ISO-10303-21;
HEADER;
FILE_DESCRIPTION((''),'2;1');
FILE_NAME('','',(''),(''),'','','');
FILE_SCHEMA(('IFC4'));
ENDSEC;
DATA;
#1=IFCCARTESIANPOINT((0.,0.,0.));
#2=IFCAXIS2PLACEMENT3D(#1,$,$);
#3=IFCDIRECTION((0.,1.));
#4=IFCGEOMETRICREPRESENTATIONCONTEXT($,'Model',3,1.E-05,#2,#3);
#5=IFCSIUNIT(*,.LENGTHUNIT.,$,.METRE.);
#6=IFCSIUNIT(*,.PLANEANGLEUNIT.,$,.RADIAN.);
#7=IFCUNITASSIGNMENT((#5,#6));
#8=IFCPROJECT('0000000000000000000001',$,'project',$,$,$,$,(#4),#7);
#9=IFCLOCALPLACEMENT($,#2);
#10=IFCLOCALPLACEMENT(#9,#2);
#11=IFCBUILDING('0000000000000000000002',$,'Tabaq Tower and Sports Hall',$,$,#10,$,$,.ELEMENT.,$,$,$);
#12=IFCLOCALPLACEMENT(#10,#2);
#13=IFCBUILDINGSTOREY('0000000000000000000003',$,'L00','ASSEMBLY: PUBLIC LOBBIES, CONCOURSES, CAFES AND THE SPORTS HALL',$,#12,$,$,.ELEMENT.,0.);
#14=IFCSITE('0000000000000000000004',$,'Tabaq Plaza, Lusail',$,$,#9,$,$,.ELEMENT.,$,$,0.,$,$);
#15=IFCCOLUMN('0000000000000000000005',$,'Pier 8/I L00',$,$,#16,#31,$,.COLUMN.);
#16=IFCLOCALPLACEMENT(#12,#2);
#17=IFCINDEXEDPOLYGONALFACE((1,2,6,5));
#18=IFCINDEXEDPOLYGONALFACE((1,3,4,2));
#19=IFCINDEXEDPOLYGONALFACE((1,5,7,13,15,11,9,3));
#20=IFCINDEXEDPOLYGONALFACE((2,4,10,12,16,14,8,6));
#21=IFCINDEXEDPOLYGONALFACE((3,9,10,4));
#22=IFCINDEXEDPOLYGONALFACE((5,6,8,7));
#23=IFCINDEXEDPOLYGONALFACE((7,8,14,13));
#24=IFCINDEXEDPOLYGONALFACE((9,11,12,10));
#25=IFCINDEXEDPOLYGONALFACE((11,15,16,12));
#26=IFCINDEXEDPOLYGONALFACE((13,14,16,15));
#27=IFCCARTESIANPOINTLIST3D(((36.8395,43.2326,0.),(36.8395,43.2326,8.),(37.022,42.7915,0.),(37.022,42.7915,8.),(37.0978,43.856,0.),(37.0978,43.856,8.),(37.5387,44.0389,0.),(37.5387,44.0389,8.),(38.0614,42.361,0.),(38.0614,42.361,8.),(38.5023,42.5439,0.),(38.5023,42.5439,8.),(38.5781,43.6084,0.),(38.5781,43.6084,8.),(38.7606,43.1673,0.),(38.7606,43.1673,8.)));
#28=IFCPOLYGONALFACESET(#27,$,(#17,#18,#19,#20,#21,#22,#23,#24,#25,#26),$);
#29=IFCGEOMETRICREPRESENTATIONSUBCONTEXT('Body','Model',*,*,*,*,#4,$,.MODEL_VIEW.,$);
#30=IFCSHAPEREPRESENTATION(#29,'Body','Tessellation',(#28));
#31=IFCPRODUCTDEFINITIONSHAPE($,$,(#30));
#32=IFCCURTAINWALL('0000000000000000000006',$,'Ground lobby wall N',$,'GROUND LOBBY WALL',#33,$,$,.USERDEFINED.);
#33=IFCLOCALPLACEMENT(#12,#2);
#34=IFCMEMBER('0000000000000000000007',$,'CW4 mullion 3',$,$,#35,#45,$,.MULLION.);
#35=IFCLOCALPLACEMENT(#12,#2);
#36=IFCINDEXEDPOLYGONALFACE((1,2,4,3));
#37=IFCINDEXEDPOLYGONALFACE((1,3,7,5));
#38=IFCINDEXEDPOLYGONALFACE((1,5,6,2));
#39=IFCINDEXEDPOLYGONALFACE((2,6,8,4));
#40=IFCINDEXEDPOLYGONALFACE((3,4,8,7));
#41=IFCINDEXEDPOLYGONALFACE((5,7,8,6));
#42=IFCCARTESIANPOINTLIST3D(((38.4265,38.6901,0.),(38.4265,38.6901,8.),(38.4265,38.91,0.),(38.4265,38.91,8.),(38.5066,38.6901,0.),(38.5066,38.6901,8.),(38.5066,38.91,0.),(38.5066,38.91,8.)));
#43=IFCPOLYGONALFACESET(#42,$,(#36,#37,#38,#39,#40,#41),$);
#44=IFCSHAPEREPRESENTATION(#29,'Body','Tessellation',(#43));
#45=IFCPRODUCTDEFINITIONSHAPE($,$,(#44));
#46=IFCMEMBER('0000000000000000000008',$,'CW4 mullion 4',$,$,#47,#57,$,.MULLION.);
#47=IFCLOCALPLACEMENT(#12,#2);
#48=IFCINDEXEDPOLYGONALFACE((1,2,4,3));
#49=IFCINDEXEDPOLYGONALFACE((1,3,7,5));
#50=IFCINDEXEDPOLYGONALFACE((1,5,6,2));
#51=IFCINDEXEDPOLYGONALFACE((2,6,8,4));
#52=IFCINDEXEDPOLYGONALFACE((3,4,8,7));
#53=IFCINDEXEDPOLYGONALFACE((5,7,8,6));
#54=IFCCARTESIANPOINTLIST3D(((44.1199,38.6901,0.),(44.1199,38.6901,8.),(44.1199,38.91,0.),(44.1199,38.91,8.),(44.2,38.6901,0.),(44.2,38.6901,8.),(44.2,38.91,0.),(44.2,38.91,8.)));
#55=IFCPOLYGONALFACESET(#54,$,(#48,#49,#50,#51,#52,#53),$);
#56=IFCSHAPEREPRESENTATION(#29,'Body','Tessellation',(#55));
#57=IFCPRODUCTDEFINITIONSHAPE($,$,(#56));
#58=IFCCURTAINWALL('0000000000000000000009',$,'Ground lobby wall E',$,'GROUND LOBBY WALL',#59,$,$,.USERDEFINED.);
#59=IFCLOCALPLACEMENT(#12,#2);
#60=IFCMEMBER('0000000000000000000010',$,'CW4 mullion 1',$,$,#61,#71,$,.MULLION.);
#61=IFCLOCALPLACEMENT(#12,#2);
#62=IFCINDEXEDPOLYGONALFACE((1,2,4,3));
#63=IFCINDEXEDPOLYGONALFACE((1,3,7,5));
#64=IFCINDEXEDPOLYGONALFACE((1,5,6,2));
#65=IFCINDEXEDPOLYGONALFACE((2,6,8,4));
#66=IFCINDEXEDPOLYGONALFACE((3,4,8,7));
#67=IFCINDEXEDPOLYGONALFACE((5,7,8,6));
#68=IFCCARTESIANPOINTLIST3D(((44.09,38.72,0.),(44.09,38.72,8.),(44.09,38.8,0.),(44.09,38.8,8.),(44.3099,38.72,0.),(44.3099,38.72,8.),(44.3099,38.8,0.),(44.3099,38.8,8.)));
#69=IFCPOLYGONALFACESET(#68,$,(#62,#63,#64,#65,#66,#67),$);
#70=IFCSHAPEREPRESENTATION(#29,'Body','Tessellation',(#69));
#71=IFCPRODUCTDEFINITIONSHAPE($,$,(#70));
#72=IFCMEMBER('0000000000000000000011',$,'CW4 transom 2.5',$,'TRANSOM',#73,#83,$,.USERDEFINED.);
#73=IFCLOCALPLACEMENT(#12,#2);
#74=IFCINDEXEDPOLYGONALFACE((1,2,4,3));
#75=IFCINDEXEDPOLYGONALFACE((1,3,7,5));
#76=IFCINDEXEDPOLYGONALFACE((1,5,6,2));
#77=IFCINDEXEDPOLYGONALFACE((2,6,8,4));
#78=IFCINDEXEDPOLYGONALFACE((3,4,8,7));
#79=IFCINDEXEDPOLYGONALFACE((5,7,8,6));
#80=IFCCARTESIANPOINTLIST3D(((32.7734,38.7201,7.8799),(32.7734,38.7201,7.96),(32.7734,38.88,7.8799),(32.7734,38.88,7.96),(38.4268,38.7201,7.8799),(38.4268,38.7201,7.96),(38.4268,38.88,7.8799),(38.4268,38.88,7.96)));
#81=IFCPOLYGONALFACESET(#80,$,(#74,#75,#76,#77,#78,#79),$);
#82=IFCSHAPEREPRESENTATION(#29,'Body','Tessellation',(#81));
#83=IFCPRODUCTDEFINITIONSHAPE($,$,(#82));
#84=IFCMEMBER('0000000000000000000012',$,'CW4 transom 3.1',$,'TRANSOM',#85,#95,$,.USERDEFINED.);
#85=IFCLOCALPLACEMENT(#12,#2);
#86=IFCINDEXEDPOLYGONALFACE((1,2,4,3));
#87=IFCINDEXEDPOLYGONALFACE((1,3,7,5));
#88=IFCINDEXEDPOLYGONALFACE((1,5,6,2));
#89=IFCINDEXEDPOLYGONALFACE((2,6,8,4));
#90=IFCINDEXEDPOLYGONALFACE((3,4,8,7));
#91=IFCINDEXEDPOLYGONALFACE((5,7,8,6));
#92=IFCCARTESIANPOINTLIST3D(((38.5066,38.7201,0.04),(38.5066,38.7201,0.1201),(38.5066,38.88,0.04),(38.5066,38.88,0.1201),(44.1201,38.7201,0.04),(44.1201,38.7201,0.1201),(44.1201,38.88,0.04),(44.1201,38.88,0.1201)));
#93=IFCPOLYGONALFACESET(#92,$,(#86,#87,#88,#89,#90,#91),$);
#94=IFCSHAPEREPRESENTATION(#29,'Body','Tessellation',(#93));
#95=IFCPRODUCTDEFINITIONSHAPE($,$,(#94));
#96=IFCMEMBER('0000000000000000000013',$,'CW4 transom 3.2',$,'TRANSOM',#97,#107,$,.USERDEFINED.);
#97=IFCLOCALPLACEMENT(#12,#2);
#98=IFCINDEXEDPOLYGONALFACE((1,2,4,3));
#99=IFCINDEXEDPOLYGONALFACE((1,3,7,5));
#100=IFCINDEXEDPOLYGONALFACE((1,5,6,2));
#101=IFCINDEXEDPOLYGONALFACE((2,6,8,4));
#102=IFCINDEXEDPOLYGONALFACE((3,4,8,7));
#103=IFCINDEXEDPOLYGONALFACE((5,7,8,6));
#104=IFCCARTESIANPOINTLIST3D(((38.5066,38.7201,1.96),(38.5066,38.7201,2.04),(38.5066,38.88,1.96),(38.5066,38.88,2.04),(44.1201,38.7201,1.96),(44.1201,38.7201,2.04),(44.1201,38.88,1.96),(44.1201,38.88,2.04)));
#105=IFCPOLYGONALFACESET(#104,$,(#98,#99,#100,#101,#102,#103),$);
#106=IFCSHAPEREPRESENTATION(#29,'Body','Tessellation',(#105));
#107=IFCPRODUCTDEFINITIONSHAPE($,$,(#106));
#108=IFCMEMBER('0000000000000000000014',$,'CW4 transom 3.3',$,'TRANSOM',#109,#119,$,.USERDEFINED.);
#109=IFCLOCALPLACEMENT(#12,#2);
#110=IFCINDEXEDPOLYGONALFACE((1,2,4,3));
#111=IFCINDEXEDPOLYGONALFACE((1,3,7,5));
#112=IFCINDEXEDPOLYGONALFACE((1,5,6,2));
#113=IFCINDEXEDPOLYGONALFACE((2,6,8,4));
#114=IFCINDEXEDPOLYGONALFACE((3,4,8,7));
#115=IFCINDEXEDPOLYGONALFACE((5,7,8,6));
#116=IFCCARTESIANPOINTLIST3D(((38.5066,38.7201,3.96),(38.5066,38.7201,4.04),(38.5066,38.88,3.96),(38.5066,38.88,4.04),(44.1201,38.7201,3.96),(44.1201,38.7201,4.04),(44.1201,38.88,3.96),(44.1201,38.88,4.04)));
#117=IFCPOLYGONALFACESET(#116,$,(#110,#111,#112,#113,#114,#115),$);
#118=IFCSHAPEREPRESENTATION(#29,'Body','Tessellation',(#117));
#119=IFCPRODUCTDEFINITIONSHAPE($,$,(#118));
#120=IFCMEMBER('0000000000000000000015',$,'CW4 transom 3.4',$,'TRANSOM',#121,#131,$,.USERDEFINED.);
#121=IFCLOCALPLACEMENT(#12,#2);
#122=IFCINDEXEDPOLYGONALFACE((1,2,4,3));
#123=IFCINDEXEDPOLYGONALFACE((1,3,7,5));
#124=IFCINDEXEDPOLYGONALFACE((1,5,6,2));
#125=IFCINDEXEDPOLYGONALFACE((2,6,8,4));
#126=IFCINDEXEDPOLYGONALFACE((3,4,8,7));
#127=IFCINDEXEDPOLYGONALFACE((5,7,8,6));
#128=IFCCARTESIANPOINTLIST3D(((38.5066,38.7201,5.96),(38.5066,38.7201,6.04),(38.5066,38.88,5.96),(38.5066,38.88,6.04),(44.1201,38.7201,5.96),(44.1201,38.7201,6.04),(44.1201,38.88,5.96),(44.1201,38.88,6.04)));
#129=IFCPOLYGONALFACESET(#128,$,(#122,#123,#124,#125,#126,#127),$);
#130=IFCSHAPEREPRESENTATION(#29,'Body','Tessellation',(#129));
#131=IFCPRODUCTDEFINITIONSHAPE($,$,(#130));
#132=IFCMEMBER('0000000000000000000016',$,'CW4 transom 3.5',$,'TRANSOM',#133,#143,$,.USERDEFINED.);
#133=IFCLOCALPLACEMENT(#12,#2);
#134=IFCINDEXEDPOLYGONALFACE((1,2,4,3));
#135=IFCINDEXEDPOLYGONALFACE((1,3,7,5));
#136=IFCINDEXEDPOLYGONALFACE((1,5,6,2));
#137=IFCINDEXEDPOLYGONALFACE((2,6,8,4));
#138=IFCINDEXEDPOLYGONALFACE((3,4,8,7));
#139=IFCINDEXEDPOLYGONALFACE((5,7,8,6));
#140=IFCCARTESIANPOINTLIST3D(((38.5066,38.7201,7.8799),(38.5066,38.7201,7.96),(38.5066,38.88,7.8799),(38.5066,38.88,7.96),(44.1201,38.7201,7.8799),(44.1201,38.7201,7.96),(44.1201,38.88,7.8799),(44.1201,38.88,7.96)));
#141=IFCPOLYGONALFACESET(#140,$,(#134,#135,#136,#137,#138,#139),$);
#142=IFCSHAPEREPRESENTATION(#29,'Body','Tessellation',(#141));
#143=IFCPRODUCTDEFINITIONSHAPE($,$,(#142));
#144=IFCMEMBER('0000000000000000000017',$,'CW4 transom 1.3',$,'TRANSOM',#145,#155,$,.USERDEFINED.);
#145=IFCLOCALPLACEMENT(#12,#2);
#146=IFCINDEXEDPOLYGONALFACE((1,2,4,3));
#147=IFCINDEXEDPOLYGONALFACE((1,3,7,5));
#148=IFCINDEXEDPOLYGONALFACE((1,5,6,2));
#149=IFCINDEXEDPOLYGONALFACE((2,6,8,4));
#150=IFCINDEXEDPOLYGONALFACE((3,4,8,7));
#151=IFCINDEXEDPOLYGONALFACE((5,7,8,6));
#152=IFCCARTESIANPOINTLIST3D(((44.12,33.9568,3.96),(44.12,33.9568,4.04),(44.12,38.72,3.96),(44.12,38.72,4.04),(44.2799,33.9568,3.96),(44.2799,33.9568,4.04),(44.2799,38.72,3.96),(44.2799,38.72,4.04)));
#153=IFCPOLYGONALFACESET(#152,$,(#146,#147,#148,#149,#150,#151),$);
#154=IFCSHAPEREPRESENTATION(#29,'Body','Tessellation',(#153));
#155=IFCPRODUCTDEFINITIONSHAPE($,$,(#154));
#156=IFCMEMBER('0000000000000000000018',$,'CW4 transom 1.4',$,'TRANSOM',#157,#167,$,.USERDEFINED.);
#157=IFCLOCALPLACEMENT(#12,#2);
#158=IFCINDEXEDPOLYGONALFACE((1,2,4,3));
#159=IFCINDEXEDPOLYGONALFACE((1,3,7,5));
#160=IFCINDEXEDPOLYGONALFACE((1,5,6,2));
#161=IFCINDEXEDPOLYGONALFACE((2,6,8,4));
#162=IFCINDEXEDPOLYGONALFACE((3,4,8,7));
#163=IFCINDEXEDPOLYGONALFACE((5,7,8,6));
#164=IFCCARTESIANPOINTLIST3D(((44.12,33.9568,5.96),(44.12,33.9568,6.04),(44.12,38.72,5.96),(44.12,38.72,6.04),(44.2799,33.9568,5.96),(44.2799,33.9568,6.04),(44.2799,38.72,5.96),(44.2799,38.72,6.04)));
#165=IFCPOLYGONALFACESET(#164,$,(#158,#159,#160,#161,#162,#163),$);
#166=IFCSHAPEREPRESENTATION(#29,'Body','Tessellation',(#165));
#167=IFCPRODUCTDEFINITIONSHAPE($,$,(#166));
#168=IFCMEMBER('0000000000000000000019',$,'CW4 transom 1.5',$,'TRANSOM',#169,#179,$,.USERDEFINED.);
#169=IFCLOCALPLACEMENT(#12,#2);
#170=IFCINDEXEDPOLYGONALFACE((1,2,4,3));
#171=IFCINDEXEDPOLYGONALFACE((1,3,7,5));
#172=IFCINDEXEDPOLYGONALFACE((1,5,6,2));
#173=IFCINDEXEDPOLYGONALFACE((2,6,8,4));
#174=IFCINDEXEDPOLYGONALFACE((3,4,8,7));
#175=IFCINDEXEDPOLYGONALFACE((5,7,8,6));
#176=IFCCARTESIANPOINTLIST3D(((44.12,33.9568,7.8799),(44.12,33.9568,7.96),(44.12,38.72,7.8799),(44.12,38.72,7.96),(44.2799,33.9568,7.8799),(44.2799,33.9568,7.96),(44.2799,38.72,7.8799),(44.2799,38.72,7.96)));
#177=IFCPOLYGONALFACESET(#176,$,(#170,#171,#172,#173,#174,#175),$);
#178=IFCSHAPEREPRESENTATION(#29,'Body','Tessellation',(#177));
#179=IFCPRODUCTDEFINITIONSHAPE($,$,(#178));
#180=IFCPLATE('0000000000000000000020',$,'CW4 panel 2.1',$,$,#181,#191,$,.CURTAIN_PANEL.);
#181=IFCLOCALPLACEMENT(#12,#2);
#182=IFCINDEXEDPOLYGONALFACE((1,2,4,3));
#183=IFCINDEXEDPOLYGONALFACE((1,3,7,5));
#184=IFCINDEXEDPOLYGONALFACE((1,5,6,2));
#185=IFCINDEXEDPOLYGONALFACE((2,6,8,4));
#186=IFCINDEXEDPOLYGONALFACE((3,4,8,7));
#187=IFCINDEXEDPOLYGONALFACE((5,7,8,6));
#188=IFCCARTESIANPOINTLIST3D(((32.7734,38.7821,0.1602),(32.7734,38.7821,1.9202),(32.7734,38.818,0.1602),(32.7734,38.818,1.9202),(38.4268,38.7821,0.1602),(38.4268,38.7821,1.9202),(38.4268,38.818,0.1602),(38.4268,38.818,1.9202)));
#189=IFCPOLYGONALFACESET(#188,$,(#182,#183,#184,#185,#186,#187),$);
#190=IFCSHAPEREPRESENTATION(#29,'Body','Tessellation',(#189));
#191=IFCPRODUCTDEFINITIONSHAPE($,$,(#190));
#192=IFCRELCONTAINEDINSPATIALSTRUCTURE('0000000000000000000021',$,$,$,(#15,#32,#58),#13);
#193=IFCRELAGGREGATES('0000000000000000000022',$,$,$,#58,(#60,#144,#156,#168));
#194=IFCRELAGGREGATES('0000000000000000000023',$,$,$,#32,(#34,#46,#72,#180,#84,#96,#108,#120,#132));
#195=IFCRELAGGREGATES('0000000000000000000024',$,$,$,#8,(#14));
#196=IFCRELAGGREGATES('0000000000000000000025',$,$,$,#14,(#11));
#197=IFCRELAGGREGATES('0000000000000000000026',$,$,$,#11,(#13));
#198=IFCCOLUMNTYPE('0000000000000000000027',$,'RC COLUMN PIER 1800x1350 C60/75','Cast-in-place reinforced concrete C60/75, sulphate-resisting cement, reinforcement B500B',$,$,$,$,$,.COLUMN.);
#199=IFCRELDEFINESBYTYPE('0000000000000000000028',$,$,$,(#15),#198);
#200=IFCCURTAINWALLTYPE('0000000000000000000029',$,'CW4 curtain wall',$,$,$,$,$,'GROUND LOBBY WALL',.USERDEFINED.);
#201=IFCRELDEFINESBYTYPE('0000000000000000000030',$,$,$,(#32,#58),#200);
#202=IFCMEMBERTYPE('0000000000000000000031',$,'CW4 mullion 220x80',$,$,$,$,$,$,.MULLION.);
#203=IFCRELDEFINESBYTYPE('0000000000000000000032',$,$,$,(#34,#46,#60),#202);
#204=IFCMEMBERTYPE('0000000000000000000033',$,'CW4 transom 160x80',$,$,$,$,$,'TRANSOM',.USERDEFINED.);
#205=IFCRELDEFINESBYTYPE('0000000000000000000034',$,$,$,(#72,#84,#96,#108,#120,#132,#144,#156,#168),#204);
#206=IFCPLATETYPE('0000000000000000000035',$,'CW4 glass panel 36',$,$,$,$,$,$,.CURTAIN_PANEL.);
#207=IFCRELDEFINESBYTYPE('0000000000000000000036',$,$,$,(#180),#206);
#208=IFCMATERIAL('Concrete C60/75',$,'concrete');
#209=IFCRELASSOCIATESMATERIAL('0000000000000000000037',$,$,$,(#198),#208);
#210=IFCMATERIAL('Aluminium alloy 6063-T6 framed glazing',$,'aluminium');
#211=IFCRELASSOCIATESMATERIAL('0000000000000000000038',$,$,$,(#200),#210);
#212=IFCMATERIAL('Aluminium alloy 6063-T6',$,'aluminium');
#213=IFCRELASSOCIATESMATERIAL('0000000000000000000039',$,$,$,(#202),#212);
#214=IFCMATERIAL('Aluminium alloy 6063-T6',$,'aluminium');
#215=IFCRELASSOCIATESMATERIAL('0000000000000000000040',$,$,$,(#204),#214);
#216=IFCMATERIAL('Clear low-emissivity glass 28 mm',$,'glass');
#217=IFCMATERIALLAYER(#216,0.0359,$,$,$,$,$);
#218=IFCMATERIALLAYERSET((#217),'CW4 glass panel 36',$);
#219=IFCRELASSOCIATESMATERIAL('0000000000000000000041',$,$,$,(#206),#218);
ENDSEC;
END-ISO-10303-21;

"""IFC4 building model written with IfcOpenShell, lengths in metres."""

from ifc_helpers import new_model, si_unit, direction, frame, origin, origin_2d, place, context, subcontext, project, spatial, polyline, rectangle, outline, extrude, material, layer, layer_set, material_profile, profile_set, type_object, element, aggregate, save


model = new_model("IFC4")

# Units and contexts
model_context = context("Model", 3, precision=1e-05, world=origin(), true_north=direction((0.0, 1.0)))
body_context = subcontext(model_context, "Body", "Model", "MODEL_VIEW")
ifc_project = project(units=[si_unit("LENGTHUNIT", "METRE"), si_unit("PLANEANGLEUNIT", "RADIAN")], contexts=[model_context])

# Site, building, storey
site_placement = place(None, origin())
site = spatial("IfcSite", under=ifc_project, at=site_placement, Name="Tabaq Plaza, Lusail", CompositionType="ELEMENT", RefElevation=0.0)
building_placement = place(site_placement, origin())
building = spatial("IfcBuilding", under=site, at=building_placement, Name="Tabaq Tower and Sports Hall", CompositionType="ELEMENT")
storey_placement = place(building_placement, origin())
storey = spatial("IfcBuildingStorey", under=building, at=storey_placement, Name="L00", Description="ASSEMBLY: PUBLIC LOBBIES, CONCOURSES, CAFES AND THE SPORTS HALL", CompositionType="ELEMENT", Elevation=0.0)

# Column
ifc_material_1 = material(Name="Concrete C60/75", Category="concrete")
ifc_material_profile_1 = material_profile(ifc_material_1, outline(polyline([(-0.5625, -0.675), (0.5625, -0.675), (0.8999, -0.3374), (0.8999, 0.3374), (0.5625, 0.675), (-0.5625, 0.675), (-0.8999, 0.3374), (-0.8999, -0.3374), (-0.5625, -0.675)])), Name="PIER 1800x1350")
ifc_profile_set_1 = profile_set([ifc_material_profile_1], Name="Concrete C60/75")
column_type = type_object("IfcColumnType", Name="RC COLUMN PIER 1800x1350 C60/75", Description="Cast-in-place reinforced concrete C60/75, sulphate-resisting cement, reinforcement B500B", PredefinedType="COLUMN", material=ifc_profile_set_1)
column_placement = place(storey_placement, frame((37.8, 43.2, 0.0), z_axis=(0.0, 0.0, 1.0), x_axis=(-0.92388, 0.382683, 0.0)))
element("IfcColumn", 1, at=column_placement, inside=storey, type_object=column_type, Name="Pier 8/I L00", PredefinedType="COLUMN", context=body_context, shape_type="SweptSolid", body=[
    extrude(outline(polyline([(-0.5625, -0.675), (0.5625, -0.675), (0.8999, -0.3374), (0.8999, 0.3374), (0.5625, 0.675), (-0.5625, 0.675), (-0.8999, 0.3374), (-0.8999, -0.3374), (-0.5625, -0.675)])), origin(), (0.0, 0.0, 1.0), 8.0),
])

# Curtain wall, members
ifc_material_2 = material(Name="Aluminium alloy 6063-T6 framed glazing", Category="aluminium")
curtain_wall_type = type_object("IfcCurtainWallType", Name="CW4 curtain wall", ElementType="GROUND LOBBY WALL", PredefinedType="USERDEFINED", material=ifc_material_2)
curtain_wall_1_placement = place(storey_placement, origin())
curtain_wall_1 = element("IfcCurtainWall", 2, at=curtain_wall_1_placement, inside=storey, type_object=curtain_wall_type, Name="Ground lobby wall N", ObjectType="GROUND LOBBY WALL", PredefinedType="USERDEFINED")
ifc_material_3 = material(Name="Aluminium alloy 6063-T6", Category="aluminium")
ifc_material_profile_2 = material_profile(ifc_material_3, rectangle(XDim=0.22, YDim=0.0801, at=origin_2d()), Name="MULLION 220x80")
ifc_profile_set_2 = profile_set([ifc_material_profile_2], Name="Aluminium alloy 6063-T6")
member_type_1 = type_object("IfcMemberType", Name="CW4 mullion 220x80", PredefinedType="MULLION", material=ifc_profile_set_2)
member_1_placement = place(storey_placement, frame((38.4666, 38.8, 0.0), z_axis=(0.0, 0.0, 1.0), x_axis=(0.0, 1.0, 0.0)))
member_1 = element("IfcMember", 3, at=member_1_placement, type_object=member_type_1, Name="CW4 mullion 3", PredefinedType="MULLION", context=body_context, shape_type="SweptSolid", body=[
    extrude(rectangle(XDim=0.22, YDim=0.0801, at=origin_2d()), origin(), (0.0, 0.0, 1.0), 8.0),
])
member_2_placement = place(storey_placement, frame((44.1599, 38.8, 0.0), z_axis=(0.0, 0.0, 1.0), x_axis=(0.0, 1.0, 0.0)))
member_2 = element("IfcMember", 4, at=member_2_placement, type_object=member_type_1, Name="CW4 mullion 4", PredefinedType="MULLION", context=body_context, shape_type="SweptSolid", body=[
    extrude(rectangle(XDim=0.22, YDim=0.0801, at=origin_2d()), origin(), (0.0, 0.0, 1.0), 8.0),
])

# Curtain wall, member
curtain_wall_2_placement = place(storey_placement, origin())
curtain_wall_2 = element("IfcCurtainWall", 5, at=curtain_wall_2_placement, inside=storey, type_object=curtain_wall_type, Name="Ground lobby wall E", ObjectType="GROUND LOBBY WALL", PredefinedType="USERDEFINED")
member_3_placement = place(storey_placement, frame((44.2, 38.76, 0.0), z_axis=(0.0, 0.0, 1.0), x_axis=(1.0, 0.0, 0.0)))
member_3 = element("IfcMember", 6, at=member_3_placement, type_object=member_type_1, Name="CW4 mullion 1", PredefinedType="MULLION", context=body_context, shape_type="SweptSolid", body=[
    extrude(rectangle(XDim=0.22, YDim=0.0801, at=origin_2d()), origin(), (0.0, 0.0, 1.0), 8.0),
])

# Members
ifc_material_4 = material(Name="Aluminium alloy 6063-T6", Category="aluminium")
ifc_material_profile_3 = material_profile(ifc_material_4, rectangle(XDim=0.1599, YDim=0.0801, at=origin_2d()), Name="TRANSOM 160x80")
ifc_profile_set_3 = profile_set([ifc_material_profile_3], Name="Aluminium alloy 6063-T6")
member_type_2 = type_object("IfcMemberType", Name="CW4 transom 160x80", ElementType="TRANSOM", PredefinedType="USERDEFINED", material=ifc_profile_set_3)
member_4_placement = place(storey_placement, frame((32.7734, 38.8, 7.9199), z_axis=(1.0, 0.0, 0.0), x_axis=(0.0, 1.0, 0.0)))
member_4 = element("IfcMember", 7, at=member_4_placement, type_object=member_type_2, Name="CW4 transom 2.5", ObjectType="TRANSOM", PredefinedType="USERDEFINED", context=body_context, shape_type="SweptSolid", body=[
    extrude(rectangle(XDim=0.1599, YDim=0.0801, at=origin_2d()), origin(), (0.0, 0.0, 1.0), 5.6533),
])
member_5_placement = place(storey_placement, frame((38.5066, 38.8, 0.0801), z_axis=(1.0, 0.0, 0.0), x_axis=(0.0, 1.0, 0.0)))
member_5 = element("IfcMember", 8, at=member_5_placement, type_object=member_type_2, Name="CW4 transom 3.1", ObjectType="TRANSOM", PredefinedType="USERDEFINED", context=body_context, shape_type="SweptSolid", body=[
    extrude(rectangle(XDim=0.1599, YDim=0.0801, at=origin_2d()), origin(), (0.0, 0.0, 1.0), 5.6135),
])
member_6_placement = place(storey_placement, frame((38.5066, 38.8, 2.0), z_axis=(1.0, 0.0, 0.0), x_axis=(0.0, 1.0, 0.0)))
member_6 = element("IfcMember", 9, at=member_6_placement, type_object=member_type_2, Name="CW4 transom 3.2", ObjectType="TRANSOM", PredefinedType="USERDEFINED", context=body_context, shape_type="SweptSolid", body=[
    extrude(rectangle(XDim=0.1599, YDim=0.0801, at=origin_2d()), origin(), (0.0, 0.0, 1.0), 5.6135),
])
member_7_placement = place(storey_placement, frame((38.5066, 38.8, 4.0), z_axis=(1.0, 0.0, 0.0), x_axis=(0.0, 1.0, 0.0)))
member_7 = element("IfcMember", 10, at=member_7_placement, type_object=member_type_2, Name="CW4 transom 3.3", ObjectType="TRANSOM", PredefinedType="USERDEFINED", context=body_context, shape_type="SweptSolid", body=[
    extrude(rectangle(XDim=0.1599, YDim=0.0801, at=origin_2d()), origin(), (0.0, 0.0, 1.0), 5.6135),
])
member_8_placement = place(storey_placement, frame((38.5066, 38.8, 6.0), z_axis=(1.0, 0.0, 0.0), x_axis=(0.0, 1.0, 0.0)))
member_8 = element("IfcMember", 11, at=member_8_placement, type_object=member_type_2, Name="CW4 transom 3.4", ObjectType="TRANSOM", PredefinedType="USERDEFINED", context=body_context, shape_type="SweptSolid", body=[
    extrude(rectangle(XDim=0.1599, YDim=0.0801, at=origin_2d()), origin(), (0.0, 0.0, 1.0), 5.6135),
])
member_9_placement = place(storey_placement, frame((38.5066, 38.8, 7.9199), z_axis=(1.0, 0.0, 0.0), x_axis=(0.0, 1.0, 0.0)))
member_9 = element("IfcMember", 12, at=member_9_placement, type_object=member_type_2, Name="CW4 transom 3.5", ObjectType="TRANSOM", PredefinedType="USERDEFINED", context=body_context, shape_type="SweptSolid", body=[
    extrude(rectangle(XDim=0.1599, YDim=0.0801, at=origin_2d()), origin(), (0.0, 0.0, 1.0), 5.6135),
])
member_10_placement = place(storey_placement, frame((44.2, 38.72, 4.0), z_axis=(0.0, -1.0, 0.0), x_axis=(1.0, 0.0, 0.0)))
member_10 = element("IfcMember", 13, at=member_10_placement, type_object=member_type_2, Name="CW4 transom 1.3", ObjectType="TRANSOM", PredefinedType="USERDEFINED", context=body_context, shape_type="SweptSolid", body=[
    extrude(rectangle(XDim=0.1599, YDim=0.0801, at=origin_2d()), origin(), (0.0, 0.0, 1.0), 4.7632),
])
member_11_placement = place(storey_placement, frame((44.2, 38.72, 6.0), z_axis=(0.0, -1.0, 0.0), x_axis=(1.0, 0.0, 0.0)))
member_11 = element("IfcMember", 14, at=member_11_placement, type_object=member_type_2, Name="CW4 transom 1.4", ObjectType="TRANSOM", PredefinedType="USERDEFINED", context=body_context, shape_type="SweptSolid", body=[
    extrude(rectangle(XDim=0.1599, YDim=0.0801, at=origin_2d()), origin(), (0.0, 0.0, 1.0), 4.7632),
])
member_12_placement = place(storey_placement, frame((44.2, 38.72, 7.9199), z_axis=(0.0, -1.0, 0.0), x_axis=(1.0, 0.0, 0.0)))
member_12 = element("IfcMember", 15, at=member_12_placement, type_object=member_type_2, Name="CW4 transom 1.5", ObjectType="TRANSOM", PredefinedType="USERDEFINED", context=body_context, shape_type="SweptSolid", body=[
    extrude(rectangle(XDim=0.1599, YDim=0.0801, at=origin_2d()), origin(), (0.0, 0.0, 1.0), 4.7632),
])
aggregate(curtain_wall_2, [member_3, member_10, member_11, member_12])

# Plate
ifc_material_5 = material(Name="Clear low-emissivity glass 28 mm", Category="glass")
ifc_layer_1 = layer(ifc_material_5, 0.0359)
ifc_layer_set_1 = layer_set([ifc_layer_1], Name="CW4 glass panel 36")
plate_type_1 = type_object("IfcPlateType", Name="CW4 glass panel 36", PredefinedType="CURTAIN_PANEL", material=ifc_layer_set_1)
plate_1_placement = place(storey_placement, frame((35.6001, 38.8, 0.1602), z_axis=(0.0, 0.0, 1.0), x_axis=(1.0, 0.0, 0.0)))
plate_1 = element("IfcPlate", 16, at=plate_1_placement, type_object=plate_type_1, Name="CW4 panel 2.1", PredefinedType="CURTAIN_PANEL", context=body_context, shape_type="SweptSolid", body=[
    extrude(rectangle(XDim=5.6533, YDim=0.0359, at=origin_2d()), origin(), (0.0, 0.0, 1.0), 1.76),
])
aggregate(curtain_wall_1, [member_1, member_2, member_4, plate_1, member_5, member_6, member_7, member_8, member_9])

save(model, "model.ifc")
